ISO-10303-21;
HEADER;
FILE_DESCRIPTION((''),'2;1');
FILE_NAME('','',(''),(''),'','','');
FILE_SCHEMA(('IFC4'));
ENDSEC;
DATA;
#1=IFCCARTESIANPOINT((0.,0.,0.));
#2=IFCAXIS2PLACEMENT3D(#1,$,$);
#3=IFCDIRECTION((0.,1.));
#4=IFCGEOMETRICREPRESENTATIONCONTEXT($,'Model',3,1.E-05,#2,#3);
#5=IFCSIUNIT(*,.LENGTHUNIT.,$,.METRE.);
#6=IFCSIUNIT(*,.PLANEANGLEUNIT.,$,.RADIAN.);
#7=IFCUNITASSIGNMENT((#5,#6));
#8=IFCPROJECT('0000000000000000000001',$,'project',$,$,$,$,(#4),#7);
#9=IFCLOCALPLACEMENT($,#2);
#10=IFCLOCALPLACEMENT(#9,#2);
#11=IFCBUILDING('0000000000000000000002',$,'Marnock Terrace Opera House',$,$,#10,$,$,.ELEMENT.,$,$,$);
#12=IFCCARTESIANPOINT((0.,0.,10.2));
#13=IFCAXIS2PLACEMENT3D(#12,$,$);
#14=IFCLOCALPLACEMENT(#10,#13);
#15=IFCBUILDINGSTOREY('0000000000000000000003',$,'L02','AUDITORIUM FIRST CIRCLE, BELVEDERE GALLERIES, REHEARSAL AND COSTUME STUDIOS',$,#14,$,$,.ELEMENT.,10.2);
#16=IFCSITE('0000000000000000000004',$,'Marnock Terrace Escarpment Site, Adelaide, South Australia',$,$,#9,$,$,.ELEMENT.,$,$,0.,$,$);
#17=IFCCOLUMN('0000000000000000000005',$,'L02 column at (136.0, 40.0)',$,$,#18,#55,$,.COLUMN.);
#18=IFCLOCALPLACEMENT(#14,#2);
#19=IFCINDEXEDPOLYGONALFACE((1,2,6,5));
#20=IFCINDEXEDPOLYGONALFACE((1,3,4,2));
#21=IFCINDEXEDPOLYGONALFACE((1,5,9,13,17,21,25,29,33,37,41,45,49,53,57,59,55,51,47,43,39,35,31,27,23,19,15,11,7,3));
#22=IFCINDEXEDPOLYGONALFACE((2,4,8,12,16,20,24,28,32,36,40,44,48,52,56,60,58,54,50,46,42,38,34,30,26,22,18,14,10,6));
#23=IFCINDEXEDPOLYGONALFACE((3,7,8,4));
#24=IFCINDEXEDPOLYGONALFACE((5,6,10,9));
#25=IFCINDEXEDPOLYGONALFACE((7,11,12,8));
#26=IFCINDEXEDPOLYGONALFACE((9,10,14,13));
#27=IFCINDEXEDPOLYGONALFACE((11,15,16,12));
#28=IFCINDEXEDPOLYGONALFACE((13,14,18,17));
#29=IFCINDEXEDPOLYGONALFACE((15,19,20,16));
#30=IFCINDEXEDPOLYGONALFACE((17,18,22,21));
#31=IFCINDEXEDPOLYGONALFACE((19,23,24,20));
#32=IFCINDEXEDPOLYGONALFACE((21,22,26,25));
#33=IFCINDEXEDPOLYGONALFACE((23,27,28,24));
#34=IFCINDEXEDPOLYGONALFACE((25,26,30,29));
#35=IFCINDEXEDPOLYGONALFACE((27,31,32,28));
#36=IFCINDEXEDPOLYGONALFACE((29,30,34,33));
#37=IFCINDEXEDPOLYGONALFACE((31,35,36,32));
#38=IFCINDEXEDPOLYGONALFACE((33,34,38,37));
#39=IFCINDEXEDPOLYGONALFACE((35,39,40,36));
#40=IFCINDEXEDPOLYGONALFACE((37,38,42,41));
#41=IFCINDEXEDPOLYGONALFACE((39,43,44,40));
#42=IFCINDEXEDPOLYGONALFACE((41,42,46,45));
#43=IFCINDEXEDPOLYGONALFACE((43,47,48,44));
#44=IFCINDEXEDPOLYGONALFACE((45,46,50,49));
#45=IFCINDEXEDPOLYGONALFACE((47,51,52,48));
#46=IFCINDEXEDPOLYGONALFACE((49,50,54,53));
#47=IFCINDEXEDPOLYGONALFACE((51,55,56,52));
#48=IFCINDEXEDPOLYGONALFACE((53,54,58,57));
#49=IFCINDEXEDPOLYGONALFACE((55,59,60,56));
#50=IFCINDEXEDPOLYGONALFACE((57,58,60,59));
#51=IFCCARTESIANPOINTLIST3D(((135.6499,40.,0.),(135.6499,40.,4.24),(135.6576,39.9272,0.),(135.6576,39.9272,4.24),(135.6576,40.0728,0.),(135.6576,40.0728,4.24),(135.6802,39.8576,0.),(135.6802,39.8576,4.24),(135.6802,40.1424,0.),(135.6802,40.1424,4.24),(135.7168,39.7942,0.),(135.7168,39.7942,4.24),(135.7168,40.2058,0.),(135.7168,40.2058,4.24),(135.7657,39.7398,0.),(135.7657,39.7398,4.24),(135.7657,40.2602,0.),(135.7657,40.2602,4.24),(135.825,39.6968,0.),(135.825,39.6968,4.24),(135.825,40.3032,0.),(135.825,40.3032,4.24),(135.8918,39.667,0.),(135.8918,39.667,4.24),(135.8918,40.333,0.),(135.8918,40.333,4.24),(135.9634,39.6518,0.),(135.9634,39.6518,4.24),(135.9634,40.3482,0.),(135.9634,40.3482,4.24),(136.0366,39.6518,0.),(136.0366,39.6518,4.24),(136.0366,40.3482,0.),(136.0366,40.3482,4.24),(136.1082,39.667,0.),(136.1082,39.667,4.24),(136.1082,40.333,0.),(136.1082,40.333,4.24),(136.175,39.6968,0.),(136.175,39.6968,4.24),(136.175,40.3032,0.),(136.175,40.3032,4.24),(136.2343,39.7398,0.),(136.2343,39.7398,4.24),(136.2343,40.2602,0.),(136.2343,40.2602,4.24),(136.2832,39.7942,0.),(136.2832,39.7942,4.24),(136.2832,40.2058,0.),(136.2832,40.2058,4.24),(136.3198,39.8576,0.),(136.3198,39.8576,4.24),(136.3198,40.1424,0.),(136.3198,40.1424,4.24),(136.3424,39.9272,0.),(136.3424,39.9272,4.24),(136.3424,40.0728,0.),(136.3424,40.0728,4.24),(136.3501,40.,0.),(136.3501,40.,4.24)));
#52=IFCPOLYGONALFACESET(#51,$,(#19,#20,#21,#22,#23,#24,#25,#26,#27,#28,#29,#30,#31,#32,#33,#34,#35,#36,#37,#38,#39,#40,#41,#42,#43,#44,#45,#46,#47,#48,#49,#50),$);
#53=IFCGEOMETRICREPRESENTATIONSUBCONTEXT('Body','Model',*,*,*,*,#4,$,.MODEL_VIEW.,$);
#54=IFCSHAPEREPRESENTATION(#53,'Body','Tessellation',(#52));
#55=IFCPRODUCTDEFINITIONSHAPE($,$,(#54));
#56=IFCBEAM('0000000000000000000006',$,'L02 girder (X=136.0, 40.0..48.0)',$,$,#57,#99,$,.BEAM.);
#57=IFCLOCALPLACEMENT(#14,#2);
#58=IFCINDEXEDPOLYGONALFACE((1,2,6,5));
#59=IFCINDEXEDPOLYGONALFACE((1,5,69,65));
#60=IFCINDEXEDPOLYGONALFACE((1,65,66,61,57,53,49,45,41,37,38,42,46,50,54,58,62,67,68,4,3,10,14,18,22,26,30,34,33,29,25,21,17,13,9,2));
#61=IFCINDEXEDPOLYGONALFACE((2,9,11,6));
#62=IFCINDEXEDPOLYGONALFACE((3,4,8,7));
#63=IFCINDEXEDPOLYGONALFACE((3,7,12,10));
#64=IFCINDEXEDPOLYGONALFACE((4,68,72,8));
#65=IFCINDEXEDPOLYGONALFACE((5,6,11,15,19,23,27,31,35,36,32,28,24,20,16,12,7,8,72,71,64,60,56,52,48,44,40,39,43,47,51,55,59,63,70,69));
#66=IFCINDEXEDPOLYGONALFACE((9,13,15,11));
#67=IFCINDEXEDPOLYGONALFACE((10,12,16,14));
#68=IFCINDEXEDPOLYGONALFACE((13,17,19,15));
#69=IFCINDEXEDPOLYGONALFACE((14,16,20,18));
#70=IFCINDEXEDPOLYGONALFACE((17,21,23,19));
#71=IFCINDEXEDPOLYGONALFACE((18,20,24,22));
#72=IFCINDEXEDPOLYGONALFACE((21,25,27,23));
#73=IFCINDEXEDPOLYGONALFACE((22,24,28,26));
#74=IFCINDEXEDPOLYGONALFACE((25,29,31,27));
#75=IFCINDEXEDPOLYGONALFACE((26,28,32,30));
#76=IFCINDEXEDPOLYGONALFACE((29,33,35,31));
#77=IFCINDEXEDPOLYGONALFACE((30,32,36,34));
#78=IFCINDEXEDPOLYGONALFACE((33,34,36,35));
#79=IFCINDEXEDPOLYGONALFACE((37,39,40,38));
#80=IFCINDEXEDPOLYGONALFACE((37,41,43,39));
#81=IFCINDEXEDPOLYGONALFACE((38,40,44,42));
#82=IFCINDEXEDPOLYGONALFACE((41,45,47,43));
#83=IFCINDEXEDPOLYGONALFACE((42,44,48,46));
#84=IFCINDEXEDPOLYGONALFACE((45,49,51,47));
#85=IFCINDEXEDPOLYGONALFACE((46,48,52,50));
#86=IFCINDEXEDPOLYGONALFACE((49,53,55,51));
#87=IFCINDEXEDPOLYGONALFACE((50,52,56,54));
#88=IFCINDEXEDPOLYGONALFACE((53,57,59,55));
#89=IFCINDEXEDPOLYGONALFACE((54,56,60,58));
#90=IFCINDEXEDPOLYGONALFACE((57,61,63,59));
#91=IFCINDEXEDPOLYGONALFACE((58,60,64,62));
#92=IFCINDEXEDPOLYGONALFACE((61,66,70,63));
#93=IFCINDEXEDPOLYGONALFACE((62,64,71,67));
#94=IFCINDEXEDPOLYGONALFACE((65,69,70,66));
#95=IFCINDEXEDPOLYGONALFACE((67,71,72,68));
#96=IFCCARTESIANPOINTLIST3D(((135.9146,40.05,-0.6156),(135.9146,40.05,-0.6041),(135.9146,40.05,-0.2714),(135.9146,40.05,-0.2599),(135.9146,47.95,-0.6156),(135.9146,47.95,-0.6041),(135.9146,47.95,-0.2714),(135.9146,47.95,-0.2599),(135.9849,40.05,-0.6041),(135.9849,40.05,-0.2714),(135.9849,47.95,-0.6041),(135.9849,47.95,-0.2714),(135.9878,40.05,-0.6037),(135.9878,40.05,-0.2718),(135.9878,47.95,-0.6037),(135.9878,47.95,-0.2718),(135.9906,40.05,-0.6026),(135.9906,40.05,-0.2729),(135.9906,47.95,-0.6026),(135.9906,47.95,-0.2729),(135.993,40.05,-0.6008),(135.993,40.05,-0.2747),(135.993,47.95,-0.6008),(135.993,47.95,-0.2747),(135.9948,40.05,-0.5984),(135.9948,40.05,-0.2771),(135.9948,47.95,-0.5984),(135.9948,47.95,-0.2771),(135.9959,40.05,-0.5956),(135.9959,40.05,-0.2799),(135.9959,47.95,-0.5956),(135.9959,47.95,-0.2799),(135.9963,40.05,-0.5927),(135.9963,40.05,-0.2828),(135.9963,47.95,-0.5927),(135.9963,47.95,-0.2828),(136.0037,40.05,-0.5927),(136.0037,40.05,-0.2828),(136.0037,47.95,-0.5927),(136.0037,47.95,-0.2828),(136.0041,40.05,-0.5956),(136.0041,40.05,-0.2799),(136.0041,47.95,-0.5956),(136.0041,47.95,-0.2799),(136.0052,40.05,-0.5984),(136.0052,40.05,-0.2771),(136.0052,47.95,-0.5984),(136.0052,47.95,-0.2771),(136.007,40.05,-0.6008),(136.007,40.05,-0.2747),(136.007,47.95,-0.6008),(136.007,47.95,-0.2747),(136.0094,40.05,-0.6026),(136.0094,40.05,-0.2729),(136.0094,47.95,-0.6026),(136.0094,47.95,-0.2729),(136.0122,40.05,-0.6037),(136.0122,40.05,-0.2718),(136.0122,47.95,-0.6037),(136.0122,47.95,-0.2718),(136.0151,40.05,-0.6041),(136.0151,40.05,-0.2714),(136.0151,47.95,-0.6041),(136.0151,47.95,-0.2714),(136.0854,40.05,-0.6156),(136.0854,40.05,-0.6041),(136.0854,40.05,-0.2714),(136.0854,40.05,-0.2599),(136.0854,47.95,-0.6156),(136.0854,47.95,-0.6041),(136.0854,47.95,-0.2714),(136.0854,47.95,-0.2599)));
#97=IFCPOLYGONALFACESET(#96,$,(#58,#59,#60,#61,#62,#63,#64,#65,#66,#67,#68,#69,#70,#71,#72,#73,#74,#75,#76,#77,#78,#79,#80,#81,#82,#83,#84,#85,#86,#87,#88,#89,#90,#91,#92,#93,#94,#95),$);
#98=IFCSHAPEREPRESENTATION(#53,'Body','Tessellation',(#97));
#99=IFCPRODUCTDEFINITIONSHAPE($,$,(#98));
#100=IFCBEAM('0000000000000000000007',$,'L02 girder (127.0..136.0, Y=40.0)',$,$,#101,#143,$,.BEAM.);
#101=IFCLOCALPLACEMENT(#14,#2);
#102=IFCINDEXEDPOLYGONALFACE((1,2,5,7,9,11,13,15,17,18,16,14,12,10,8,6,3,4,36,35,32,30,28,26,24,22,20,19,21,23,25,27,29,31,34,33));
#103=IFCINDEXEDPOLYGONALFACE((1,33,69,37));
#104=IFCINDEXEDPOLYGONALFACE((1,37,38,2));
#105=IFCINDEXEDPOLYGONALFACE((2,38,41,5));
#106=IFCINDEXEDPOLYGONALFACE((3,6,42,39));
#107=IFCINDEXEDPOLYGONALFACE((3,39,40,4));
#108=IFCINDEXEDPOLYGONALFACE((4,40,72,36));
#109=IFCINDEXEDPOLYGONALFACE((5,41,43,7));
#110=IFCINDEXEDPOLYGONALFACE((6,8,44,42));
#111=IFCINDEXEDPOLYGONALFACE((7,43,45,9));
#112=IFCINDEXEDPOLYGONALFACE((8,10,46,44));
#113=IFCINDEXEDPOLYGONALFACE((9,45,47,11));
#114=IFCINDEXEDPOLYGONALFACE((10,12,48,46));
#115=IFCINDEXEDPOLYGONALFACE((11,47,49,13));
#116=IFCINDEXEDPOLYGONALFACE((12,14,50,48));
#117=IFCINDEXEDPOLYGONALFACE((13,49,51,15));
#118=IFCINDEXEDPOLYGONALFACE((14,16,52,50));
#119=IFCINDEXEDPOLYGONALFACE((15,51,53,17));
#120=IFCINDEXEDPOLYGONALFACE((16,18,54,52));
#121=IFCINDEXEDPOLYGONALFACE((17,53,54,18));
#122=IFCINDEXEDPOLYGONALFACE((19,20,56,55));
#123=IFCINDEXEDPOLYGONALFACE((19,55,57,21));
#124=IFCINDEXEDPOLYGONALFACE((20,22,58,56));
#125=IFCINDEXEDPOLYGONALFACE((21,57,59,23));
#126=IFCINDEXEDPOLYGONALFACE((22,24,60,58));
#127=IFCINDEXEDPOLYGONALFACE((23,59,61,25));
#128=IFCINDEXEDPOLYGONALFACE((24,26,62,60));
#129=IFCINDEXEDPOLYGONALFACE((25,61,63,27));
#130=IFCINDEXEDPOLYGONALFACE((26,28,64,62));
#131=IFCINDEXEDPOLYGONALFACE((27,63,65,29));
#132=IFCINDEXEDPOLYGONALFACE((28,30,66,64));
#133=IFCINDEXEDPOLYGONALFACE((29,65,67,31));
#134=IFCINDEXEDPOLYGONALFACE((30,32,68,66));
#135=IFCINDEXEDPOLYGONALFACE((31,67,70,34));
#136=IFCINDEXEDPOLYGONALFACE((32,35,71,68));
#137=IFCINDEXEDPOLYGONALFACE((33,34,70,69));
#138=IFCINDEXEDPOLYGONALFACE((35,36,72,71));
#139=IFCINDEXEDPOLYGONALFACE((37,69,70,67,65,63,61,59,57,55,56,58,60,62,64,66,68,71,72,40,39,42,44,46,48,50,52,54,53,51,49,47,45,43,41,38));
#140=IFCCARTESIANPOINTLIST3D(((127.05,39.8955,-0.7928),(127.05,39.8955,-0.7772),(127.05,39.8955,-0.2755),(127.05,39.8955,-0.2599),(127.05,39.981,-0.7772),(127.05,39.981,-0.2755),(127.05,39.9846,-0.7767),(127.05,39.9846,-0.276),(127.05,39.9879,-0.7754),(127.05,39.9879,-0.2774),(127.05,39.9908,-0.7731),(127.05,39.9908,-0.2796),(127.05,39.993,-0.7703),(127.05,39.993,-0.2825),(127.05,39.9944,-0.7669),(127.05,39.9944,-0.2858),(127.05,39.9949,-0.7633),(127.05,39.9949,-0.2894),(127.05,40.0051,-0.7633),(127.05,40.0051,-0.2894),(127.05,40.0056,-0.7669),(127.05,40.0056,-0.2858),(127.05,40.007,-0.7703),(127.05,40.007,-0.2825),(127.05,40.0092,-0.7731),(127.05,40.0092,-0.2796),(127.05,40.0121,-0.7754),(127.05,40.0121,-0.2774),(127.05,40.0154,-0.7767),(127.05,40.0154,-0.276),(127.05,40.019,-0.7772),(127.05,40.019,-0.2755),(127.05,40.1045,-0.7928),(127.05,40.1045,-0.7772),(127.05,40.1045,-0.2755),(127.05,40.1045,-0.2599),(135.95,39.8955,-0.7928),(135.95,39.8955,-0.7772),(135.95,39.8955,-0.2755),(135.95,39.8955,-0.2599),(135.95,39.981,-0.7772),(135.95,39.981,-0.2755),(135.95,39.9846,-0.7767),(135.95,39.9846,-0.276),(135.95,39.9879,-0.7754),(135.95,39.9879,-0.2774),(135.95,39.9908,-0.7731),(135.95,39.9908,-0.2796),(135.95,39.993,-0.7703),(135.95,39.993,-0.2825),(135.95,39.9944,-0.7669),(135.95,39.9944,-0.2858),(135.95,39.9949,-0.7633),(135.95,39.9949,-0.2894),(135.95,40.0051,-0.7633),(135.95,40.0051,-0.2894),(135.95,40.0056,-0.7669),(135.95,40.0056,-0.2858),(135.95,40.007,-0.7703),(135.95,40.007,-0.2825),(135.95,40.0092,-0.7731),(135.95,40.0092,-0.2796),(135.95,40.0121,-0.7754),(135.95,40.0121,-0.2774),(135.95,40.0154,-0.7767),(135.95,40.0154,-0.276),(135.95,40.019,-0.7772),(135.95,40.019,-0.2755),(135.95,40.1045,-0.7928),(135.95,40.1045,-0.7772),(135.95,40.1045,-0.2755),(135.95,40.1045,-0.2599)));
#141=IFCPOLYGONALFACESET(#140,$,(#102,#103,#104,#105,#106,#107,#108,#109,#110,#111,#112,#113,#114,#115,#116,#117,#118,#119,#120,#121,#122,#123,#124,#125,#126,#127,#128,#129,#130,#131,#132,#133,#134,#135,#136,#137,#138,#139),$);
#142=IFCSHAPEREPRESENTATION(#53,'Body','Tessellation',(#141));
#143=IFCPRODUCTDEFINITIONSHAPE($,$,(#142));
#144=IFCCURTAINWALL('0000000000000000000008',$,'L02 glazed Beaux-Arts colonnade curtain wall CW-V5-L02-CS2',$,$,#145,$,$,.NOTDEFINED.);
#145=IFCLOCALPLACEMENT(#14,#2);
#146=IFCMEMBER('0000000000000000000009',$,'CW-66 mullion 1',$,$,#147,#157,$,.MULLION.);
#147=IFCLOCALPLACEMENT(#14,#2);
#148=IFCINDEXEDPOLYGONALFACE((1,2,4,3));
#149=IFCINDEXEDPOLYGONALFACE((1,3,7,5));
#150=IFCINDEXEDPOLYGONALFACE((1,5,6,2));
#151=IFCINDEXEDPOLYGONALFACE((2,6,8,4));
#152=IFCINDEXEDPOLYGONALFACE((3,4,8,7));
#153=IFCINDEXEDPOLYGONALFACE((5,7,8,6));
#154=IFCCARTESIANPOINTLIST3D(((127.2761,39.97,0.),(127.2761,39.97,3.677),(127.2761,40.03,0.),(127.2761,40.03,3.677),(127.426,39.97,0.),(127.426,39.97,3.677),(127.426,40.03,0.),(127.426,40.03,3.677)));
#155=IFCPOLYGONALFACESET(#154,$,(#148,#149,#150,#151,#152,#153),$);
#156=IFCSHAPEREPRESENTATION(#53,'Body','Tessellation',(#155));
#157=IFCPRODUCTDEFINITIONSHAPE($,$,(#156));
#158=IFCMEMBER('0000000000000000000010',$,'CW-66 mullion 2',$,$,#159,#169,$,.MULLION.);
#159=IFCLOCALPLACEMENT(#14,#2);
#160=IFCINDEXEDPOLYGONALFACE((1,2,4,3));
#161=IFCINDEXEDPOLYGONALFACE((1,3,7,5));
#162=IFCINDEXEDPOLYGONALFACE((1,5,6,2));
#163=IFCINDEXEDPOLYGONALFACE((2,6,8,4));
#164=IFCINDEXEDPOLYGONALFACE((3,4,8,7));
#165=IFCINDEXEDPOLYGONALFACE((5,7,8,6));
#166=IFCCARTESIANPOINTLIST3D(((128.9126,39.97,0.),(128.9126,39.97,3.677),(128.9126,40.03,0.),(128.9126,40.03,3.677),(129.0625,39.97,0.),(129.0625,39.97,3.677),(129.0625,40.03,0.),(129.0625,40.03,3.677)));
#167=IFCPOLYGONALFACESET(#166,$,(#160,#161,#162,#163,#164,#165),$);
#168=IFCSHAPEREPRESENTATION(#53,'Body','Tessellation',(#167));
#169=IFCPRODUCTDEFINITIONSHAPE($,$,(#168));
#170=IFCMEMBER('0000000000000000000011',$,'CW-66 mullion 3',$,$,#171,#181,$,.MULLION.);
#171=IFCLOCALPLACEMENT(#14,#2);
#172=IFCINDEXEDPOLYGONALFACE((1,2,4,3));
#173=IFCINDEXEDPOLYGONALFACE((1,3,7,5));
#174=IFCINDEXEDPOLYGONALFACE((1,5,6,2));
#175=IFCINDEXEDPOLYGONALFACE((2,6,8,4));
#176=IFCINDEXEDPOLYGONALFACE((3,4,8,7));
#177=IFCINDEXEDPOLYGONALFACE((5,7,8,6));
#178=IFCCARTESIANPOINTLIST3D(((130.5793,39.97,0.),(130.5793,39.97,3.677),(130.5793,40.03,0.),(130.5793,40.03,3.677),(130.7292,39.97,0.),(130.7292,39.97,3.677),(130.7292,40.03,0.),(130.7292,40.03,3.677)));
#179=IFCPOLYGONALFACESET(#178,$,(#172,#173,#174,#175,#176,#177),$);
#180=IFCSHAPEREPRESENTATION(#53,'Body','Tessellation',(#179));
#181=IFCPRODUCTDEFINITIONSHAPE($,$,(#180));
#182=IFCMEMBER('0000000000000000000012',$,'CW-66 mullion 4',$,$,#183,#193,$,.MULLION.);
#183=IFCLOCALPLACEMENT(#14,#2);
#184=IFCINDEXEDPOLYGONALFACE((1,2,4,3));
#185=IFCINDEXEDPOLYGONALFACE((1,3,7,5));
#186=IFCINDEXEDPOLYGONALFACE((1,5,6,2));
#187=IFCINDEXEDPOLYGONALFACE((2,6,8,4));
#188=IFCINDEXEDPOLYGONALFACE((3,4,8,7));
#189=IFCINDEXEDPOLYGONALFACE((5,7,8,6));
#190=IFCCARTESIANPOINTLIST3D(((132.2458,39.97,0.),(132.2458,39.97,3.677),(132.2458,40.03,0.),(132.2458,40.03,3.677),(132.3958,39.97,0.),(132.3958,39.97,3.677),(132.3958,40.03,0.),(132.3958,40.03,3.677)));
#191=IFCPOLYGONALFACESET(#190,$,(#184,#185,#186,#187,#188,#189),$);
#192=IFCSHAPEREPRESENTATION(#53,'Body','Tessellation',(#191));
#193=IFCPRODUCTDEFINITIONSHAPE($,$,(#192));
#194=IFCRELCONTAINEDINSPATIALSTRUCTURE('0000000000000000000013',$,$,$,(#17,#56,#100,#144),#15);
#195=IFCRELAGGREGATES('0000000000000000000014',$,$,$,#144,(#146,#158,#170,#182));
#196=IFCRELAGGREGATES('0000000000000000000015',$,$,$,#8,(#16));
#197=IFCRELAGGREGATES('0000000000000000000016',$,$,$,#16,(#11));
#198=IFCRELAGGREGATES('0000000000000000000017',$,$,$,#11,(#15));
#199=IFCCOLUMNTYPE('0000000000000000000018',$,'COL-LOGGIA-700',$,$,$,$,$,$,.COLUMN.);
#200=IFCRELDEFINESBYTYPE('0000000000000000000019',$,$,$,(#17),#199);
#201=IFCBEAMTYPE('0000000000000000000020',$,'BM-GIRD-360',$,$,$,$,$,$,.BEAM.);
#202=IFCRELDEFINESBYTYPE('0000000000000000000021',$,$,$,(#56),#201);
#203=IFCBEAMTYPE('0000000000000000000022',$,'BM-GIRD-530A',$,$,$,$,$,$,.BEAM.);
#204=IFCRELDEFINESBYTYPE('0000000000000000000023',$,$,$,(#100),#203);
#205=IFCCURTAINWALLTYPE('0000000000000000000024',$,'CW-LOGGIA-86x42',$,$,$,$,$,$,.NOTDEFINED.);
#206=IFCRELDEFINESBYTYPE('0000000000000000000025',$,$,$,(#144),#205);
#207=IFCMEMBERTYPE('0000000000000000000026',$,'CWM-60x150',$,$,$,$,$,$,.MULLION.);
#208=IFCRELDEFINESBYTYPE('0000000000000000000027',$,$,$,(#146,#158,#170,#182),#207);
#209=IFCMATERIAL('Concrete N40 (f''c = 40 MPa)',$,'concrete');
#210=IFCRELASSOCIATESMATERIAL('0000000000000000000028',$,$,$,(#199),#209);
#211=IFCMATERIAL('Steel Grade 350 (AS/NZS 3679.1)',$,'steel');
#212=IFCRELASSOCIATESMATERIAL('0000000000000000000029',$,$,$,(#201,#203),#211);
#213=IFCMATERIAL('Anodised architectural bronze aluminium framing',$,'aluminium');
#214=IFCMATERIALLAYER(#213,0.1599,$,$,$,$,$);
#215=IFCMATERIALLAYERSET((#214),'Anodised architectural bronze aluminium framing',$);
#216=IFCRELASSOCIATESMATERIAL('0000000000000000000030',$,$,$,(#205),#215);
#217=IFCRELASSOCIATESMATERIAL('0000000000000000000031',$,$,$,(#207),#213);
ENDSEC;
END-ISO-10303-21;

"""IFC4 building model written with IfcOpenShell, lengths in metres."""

from ifc_helpers import new_model, si_unit, direction, frame, origin, origin_2d, place, context, subcontext, project, spatial, rectangle, circle, i_section, extrude, material, layer, layer_set, material_profile, profile_set, type_object, element, aggregate, save


model = new_model("IFC4")

# Units and contexts
model_context = context("Model", 3, precision=1e-05, world=origin(), true_north=direction((0.0, 1.0)))
body_context = subcontext(model_context, "Body", "Model", "MODEL_VIEW")
ifc_project = project(units=[si_unit("LENGTHUNIT", "METRE"), si_unit("PLANEANGLEUNIT", "RADIAN")], contexts=[model_context])

# Site, building, storey
site_placement = place(None, origin())
site = spatial("IfcSite", under=ifc_project, at=site_placement, Name="Marnock Terrace Escarpment Site, Adelaide, South Australia", CompositionType="ELEMENT", RefElevation=0.0)
building_placement = place(site_placement, origin())
building = spatial("IfcBuilding", under=site, at=building_placement, Name="Marnock Terrace Opera House", CompositionType="ELEMENT")
storey_placement = place(building_placement, frame((0.0, 0.0, 10.2)))
storey = spatial("IfcBuildingStorey", under=building, at=storey_placement, Name="L02", Description="AUDITORIUM FIRST CIRCLE, BELVEDERE GALLERIES, REHEARSAL AND COSTUME STUDIOS", CompositionType="ELEMENT", Elevation=10.2)

# Column
ifc_material_1 = material(Name="Concrete N40 (f'c = 40 MPa)", Category="concrete")
ifc_material_profile_1 = material_profile(ifc_material_1, circle(Radius=0.3501, at=origin_2d()))
ifc_profile_set_1 = profile_set([ifc_material_profile_1], Name="Concrete N40 (f'c = 40 MPa)")
column_type = type_object("IfcColumnType", Name="COL-LOGGIA-700", PredefinedType="COLUMN", material=ifc_profile_set_1)
column_placement = place(storey_placement, frame((136.0, 40.0, 0.0), z_axis=(0.0, 0.0, 1.0), x_axis=(1.0, 0.0, 0.0)))
element("IfcColumn", 1, at=column_placement, inside=storey, type_object=column_type, Name="L02 column at (136.0, 40.0)", PredefinedType="COLUMN", context=body_context, shape_type="SweptSolid", body=[
    extrude(circle(Radius=0.3501, at=origin_2d()), origin(), (0.0, 0.0, 1.0), 4.24),
])

# Beams
ifc_material_2 = material(Name="Steel Grade 350 (AS/NZS 3679.1)", Category="steel")
ifc_material_profile_2 = material_profile(ifc_material_2, i_section(OverallWidth=0.1709, OverallDepth=0.3557, WebThickness=0.0073, FlangeThickness=0.0115, FilletRadius=0.0115, at=origin_2d()))
ifc_profile_set_2 = profile_set([ifc_material_profile_2], Name="Steel Grade 350 (AS/NZS 3679.1)")
beam_type_1 = type_object("IfcBeamType", Name="BM-GIRD-360", PredefinedType="BEAM", material=ifc_profile_set_2)
beam_1_placement = place(storey_placement, frame((136.0, 40.05, -0.4377), z_axis=(0.0, 1.0, 0.0), x_axis=(-1.0, 0.0, 0.0)))
element("IfcBeam", 2, at=beam_1_placement, inside=storey, type_object=beam_type_1, Name="L02 girder (X=136.0, 40.0..48.0)", PredefinedType="BEAM", context=body_context, shape_type="SweptSolid", body=[
    extrude(i_section(OverallWidth=0.1709, OverallDepth=0.3557, WebThickness=0.0073, FlangeThickness=0.0115, FilletRadius=0.0115, at=origin_2d()), origin(), (0.0, 0.0, 1.0), 7.8999),
])
ifc_material_profile_3 = material_profile(ifc_material_2, i_section(OverallWidth=0.209, OverallDepth=0.533, WebThickness=0.0103, FlangeThickness=0.0156, FilletRadius=0.0139, at=origin_2d()))
ifc_profile_set_3 = profile_set([ifc_material_profile_3], Name="Steel Grade 350 (AS/NZS 3679.1)")
beam_type_2 = type_object("IfcBeamType", Name="BM-GIRD-530A", PredefinedType="BEAM", material=ifc_profile_set_3)
beam_2_placement = place(storey_placement, frame((127.05, 40.0, -0.5264), z_axis=(1.0, 0.0, 0.0), x_axis=(0.0, 1.0, 0.0)))
element("IfcBeam", 3, at=beam_2_placement, inside=storey, type_object=beam_type_2, Name="L02 girder (127.0..136.0, Y=40.0)", PredefinedType="BEAM", context=body_context, shape_type="SweptSolid", body=[
    extrude(i_section(OverallWidth=0.209, OverallDepth=0.533, WebThickness=0.0103, FlangeThickness=0.0156, FilletRadius=0.0139, at=origin_2d()), origin(), (0.0, 0.0, 1.0), 8.8999),
])

# Curtain wall, members
ifc_material_3 = material(Name="Anodised architectural bronze aluminium framing", Category="aluminium")
ifc_layer_1 = layer(ifc_material_3, 0.1599)
ifc_layer_set_1 = layer_set([ifc_layer_1], Name="Anodised architectural bronze aluminium framing")
curtain_wall_type = type_object("IfcCurtainWallType", Name="CW-LOGGIA-86x42", PredefinedType="NOTDEFINED", material=ifc_layer_set_1)
curtain_wall_1_placement = place(storey_placement, origin())
curtain_wall_1 = element("IfcCurtainWall", 4, at=curtain_wall_1_placement, inside=storey, type_object=curtain_wall_type, Name="L02 glazed Beaux-Arts colonnade curtain wall CW-V5-L02-CS2", PredefinedType="NOTDEFINED")
ifc_material_profile_4 = material_profile(ifc_material_3, rectangle(XDim=0.0601, YDim=0.1499, at=origin_2d()))
ifc_profile_set_4 = profile_set([ifc_material_profile_4], Name="Anodised architectural bronze aluminium framing")
member_type_1 = type_object("IfcMemberType", Name="CWM-60x150", PredefinedType="MULLION", material=ifc_profile_set_4)
member_1_placement = place(storey_placement, frame((127.3511, 40.0, 0.0), z_axis=(0.0, 0.0, 1.0), x_axis=(0.0, 1.0, 0.0)))
member_1 = element("IfcMember", 5, at=member_1_placement, type_object=member_type_1, Name="CW-66 mullion 1", PredefinedType="MULLION", context=body_context, shape_type="SweptSolid", body=[
    extrude(rectangle(XDim=0.0601, YDim=0.1499, at=origin_2d()), origin(), (0.0, 0.0, 1.0), 3.677),
])
member_2_placement = place(storey_placement, frame((128.9875, 40.0, 0.0), z_axis=(0.0, 0.0, 1.0), x_axis=(0.0, 1.0, 0.0)))
member_2 = element("IfcMember", 6, at=member_2_placement, type_object=member_type_1, Name="CW-66 mullion 2", PredefinedType="MULLION", context=body_context, shape_type="SweptSolid", body=[
    extrude(rectangle(XDim=0.0601, YDim=0.1499, at=origin_2d()), origin(), (0.0, 0.0, 1.0), 3.677),
])
member_3_placement = place(storey_placement, frame((130.6543, 40.0, 0.0), z_axis=(0.0, 0.0, 1.0), x_axis=(0.0, 1.0, 0.0)))
member_3 = element("IfcMember", 7, at=member_3_placement, type_object=member_type_1, Name="CW-66 mullion 3", PredefinedType="MULLION", context=body_context, shape_type="SweptSolid", body=[
    extrude(rectangle(XDim=0.0601, YDim=0.1499, at=origin_2d()), origin(), (0.0, 0.0, 1.0), 3.677),
])
member_4_placement = place(storey_placement, frame((132.3208, 40.0, 0.0), z_axis=(0.0, 0.0, 1.0), x_axis=(0.0, 1.0, 0.0)))
member_4 = element("IfcMember", 8, at=member_4_placement, type_object=member_type_1, Name="CW-66 mullion 4", PredefinedType="MULLION", context=body_context, shape_type="SweptSolid", body=[
    extrude(rectangle(XDim=0.0601, YDim=0.1499, at=origin_2d()), origin(), (0.0, 0.0, 1.0), 3.677),
])

aggregate(curtain_wall_1, [member_1, member_2, member_3, member_4])

save(model, "model.ifc")
